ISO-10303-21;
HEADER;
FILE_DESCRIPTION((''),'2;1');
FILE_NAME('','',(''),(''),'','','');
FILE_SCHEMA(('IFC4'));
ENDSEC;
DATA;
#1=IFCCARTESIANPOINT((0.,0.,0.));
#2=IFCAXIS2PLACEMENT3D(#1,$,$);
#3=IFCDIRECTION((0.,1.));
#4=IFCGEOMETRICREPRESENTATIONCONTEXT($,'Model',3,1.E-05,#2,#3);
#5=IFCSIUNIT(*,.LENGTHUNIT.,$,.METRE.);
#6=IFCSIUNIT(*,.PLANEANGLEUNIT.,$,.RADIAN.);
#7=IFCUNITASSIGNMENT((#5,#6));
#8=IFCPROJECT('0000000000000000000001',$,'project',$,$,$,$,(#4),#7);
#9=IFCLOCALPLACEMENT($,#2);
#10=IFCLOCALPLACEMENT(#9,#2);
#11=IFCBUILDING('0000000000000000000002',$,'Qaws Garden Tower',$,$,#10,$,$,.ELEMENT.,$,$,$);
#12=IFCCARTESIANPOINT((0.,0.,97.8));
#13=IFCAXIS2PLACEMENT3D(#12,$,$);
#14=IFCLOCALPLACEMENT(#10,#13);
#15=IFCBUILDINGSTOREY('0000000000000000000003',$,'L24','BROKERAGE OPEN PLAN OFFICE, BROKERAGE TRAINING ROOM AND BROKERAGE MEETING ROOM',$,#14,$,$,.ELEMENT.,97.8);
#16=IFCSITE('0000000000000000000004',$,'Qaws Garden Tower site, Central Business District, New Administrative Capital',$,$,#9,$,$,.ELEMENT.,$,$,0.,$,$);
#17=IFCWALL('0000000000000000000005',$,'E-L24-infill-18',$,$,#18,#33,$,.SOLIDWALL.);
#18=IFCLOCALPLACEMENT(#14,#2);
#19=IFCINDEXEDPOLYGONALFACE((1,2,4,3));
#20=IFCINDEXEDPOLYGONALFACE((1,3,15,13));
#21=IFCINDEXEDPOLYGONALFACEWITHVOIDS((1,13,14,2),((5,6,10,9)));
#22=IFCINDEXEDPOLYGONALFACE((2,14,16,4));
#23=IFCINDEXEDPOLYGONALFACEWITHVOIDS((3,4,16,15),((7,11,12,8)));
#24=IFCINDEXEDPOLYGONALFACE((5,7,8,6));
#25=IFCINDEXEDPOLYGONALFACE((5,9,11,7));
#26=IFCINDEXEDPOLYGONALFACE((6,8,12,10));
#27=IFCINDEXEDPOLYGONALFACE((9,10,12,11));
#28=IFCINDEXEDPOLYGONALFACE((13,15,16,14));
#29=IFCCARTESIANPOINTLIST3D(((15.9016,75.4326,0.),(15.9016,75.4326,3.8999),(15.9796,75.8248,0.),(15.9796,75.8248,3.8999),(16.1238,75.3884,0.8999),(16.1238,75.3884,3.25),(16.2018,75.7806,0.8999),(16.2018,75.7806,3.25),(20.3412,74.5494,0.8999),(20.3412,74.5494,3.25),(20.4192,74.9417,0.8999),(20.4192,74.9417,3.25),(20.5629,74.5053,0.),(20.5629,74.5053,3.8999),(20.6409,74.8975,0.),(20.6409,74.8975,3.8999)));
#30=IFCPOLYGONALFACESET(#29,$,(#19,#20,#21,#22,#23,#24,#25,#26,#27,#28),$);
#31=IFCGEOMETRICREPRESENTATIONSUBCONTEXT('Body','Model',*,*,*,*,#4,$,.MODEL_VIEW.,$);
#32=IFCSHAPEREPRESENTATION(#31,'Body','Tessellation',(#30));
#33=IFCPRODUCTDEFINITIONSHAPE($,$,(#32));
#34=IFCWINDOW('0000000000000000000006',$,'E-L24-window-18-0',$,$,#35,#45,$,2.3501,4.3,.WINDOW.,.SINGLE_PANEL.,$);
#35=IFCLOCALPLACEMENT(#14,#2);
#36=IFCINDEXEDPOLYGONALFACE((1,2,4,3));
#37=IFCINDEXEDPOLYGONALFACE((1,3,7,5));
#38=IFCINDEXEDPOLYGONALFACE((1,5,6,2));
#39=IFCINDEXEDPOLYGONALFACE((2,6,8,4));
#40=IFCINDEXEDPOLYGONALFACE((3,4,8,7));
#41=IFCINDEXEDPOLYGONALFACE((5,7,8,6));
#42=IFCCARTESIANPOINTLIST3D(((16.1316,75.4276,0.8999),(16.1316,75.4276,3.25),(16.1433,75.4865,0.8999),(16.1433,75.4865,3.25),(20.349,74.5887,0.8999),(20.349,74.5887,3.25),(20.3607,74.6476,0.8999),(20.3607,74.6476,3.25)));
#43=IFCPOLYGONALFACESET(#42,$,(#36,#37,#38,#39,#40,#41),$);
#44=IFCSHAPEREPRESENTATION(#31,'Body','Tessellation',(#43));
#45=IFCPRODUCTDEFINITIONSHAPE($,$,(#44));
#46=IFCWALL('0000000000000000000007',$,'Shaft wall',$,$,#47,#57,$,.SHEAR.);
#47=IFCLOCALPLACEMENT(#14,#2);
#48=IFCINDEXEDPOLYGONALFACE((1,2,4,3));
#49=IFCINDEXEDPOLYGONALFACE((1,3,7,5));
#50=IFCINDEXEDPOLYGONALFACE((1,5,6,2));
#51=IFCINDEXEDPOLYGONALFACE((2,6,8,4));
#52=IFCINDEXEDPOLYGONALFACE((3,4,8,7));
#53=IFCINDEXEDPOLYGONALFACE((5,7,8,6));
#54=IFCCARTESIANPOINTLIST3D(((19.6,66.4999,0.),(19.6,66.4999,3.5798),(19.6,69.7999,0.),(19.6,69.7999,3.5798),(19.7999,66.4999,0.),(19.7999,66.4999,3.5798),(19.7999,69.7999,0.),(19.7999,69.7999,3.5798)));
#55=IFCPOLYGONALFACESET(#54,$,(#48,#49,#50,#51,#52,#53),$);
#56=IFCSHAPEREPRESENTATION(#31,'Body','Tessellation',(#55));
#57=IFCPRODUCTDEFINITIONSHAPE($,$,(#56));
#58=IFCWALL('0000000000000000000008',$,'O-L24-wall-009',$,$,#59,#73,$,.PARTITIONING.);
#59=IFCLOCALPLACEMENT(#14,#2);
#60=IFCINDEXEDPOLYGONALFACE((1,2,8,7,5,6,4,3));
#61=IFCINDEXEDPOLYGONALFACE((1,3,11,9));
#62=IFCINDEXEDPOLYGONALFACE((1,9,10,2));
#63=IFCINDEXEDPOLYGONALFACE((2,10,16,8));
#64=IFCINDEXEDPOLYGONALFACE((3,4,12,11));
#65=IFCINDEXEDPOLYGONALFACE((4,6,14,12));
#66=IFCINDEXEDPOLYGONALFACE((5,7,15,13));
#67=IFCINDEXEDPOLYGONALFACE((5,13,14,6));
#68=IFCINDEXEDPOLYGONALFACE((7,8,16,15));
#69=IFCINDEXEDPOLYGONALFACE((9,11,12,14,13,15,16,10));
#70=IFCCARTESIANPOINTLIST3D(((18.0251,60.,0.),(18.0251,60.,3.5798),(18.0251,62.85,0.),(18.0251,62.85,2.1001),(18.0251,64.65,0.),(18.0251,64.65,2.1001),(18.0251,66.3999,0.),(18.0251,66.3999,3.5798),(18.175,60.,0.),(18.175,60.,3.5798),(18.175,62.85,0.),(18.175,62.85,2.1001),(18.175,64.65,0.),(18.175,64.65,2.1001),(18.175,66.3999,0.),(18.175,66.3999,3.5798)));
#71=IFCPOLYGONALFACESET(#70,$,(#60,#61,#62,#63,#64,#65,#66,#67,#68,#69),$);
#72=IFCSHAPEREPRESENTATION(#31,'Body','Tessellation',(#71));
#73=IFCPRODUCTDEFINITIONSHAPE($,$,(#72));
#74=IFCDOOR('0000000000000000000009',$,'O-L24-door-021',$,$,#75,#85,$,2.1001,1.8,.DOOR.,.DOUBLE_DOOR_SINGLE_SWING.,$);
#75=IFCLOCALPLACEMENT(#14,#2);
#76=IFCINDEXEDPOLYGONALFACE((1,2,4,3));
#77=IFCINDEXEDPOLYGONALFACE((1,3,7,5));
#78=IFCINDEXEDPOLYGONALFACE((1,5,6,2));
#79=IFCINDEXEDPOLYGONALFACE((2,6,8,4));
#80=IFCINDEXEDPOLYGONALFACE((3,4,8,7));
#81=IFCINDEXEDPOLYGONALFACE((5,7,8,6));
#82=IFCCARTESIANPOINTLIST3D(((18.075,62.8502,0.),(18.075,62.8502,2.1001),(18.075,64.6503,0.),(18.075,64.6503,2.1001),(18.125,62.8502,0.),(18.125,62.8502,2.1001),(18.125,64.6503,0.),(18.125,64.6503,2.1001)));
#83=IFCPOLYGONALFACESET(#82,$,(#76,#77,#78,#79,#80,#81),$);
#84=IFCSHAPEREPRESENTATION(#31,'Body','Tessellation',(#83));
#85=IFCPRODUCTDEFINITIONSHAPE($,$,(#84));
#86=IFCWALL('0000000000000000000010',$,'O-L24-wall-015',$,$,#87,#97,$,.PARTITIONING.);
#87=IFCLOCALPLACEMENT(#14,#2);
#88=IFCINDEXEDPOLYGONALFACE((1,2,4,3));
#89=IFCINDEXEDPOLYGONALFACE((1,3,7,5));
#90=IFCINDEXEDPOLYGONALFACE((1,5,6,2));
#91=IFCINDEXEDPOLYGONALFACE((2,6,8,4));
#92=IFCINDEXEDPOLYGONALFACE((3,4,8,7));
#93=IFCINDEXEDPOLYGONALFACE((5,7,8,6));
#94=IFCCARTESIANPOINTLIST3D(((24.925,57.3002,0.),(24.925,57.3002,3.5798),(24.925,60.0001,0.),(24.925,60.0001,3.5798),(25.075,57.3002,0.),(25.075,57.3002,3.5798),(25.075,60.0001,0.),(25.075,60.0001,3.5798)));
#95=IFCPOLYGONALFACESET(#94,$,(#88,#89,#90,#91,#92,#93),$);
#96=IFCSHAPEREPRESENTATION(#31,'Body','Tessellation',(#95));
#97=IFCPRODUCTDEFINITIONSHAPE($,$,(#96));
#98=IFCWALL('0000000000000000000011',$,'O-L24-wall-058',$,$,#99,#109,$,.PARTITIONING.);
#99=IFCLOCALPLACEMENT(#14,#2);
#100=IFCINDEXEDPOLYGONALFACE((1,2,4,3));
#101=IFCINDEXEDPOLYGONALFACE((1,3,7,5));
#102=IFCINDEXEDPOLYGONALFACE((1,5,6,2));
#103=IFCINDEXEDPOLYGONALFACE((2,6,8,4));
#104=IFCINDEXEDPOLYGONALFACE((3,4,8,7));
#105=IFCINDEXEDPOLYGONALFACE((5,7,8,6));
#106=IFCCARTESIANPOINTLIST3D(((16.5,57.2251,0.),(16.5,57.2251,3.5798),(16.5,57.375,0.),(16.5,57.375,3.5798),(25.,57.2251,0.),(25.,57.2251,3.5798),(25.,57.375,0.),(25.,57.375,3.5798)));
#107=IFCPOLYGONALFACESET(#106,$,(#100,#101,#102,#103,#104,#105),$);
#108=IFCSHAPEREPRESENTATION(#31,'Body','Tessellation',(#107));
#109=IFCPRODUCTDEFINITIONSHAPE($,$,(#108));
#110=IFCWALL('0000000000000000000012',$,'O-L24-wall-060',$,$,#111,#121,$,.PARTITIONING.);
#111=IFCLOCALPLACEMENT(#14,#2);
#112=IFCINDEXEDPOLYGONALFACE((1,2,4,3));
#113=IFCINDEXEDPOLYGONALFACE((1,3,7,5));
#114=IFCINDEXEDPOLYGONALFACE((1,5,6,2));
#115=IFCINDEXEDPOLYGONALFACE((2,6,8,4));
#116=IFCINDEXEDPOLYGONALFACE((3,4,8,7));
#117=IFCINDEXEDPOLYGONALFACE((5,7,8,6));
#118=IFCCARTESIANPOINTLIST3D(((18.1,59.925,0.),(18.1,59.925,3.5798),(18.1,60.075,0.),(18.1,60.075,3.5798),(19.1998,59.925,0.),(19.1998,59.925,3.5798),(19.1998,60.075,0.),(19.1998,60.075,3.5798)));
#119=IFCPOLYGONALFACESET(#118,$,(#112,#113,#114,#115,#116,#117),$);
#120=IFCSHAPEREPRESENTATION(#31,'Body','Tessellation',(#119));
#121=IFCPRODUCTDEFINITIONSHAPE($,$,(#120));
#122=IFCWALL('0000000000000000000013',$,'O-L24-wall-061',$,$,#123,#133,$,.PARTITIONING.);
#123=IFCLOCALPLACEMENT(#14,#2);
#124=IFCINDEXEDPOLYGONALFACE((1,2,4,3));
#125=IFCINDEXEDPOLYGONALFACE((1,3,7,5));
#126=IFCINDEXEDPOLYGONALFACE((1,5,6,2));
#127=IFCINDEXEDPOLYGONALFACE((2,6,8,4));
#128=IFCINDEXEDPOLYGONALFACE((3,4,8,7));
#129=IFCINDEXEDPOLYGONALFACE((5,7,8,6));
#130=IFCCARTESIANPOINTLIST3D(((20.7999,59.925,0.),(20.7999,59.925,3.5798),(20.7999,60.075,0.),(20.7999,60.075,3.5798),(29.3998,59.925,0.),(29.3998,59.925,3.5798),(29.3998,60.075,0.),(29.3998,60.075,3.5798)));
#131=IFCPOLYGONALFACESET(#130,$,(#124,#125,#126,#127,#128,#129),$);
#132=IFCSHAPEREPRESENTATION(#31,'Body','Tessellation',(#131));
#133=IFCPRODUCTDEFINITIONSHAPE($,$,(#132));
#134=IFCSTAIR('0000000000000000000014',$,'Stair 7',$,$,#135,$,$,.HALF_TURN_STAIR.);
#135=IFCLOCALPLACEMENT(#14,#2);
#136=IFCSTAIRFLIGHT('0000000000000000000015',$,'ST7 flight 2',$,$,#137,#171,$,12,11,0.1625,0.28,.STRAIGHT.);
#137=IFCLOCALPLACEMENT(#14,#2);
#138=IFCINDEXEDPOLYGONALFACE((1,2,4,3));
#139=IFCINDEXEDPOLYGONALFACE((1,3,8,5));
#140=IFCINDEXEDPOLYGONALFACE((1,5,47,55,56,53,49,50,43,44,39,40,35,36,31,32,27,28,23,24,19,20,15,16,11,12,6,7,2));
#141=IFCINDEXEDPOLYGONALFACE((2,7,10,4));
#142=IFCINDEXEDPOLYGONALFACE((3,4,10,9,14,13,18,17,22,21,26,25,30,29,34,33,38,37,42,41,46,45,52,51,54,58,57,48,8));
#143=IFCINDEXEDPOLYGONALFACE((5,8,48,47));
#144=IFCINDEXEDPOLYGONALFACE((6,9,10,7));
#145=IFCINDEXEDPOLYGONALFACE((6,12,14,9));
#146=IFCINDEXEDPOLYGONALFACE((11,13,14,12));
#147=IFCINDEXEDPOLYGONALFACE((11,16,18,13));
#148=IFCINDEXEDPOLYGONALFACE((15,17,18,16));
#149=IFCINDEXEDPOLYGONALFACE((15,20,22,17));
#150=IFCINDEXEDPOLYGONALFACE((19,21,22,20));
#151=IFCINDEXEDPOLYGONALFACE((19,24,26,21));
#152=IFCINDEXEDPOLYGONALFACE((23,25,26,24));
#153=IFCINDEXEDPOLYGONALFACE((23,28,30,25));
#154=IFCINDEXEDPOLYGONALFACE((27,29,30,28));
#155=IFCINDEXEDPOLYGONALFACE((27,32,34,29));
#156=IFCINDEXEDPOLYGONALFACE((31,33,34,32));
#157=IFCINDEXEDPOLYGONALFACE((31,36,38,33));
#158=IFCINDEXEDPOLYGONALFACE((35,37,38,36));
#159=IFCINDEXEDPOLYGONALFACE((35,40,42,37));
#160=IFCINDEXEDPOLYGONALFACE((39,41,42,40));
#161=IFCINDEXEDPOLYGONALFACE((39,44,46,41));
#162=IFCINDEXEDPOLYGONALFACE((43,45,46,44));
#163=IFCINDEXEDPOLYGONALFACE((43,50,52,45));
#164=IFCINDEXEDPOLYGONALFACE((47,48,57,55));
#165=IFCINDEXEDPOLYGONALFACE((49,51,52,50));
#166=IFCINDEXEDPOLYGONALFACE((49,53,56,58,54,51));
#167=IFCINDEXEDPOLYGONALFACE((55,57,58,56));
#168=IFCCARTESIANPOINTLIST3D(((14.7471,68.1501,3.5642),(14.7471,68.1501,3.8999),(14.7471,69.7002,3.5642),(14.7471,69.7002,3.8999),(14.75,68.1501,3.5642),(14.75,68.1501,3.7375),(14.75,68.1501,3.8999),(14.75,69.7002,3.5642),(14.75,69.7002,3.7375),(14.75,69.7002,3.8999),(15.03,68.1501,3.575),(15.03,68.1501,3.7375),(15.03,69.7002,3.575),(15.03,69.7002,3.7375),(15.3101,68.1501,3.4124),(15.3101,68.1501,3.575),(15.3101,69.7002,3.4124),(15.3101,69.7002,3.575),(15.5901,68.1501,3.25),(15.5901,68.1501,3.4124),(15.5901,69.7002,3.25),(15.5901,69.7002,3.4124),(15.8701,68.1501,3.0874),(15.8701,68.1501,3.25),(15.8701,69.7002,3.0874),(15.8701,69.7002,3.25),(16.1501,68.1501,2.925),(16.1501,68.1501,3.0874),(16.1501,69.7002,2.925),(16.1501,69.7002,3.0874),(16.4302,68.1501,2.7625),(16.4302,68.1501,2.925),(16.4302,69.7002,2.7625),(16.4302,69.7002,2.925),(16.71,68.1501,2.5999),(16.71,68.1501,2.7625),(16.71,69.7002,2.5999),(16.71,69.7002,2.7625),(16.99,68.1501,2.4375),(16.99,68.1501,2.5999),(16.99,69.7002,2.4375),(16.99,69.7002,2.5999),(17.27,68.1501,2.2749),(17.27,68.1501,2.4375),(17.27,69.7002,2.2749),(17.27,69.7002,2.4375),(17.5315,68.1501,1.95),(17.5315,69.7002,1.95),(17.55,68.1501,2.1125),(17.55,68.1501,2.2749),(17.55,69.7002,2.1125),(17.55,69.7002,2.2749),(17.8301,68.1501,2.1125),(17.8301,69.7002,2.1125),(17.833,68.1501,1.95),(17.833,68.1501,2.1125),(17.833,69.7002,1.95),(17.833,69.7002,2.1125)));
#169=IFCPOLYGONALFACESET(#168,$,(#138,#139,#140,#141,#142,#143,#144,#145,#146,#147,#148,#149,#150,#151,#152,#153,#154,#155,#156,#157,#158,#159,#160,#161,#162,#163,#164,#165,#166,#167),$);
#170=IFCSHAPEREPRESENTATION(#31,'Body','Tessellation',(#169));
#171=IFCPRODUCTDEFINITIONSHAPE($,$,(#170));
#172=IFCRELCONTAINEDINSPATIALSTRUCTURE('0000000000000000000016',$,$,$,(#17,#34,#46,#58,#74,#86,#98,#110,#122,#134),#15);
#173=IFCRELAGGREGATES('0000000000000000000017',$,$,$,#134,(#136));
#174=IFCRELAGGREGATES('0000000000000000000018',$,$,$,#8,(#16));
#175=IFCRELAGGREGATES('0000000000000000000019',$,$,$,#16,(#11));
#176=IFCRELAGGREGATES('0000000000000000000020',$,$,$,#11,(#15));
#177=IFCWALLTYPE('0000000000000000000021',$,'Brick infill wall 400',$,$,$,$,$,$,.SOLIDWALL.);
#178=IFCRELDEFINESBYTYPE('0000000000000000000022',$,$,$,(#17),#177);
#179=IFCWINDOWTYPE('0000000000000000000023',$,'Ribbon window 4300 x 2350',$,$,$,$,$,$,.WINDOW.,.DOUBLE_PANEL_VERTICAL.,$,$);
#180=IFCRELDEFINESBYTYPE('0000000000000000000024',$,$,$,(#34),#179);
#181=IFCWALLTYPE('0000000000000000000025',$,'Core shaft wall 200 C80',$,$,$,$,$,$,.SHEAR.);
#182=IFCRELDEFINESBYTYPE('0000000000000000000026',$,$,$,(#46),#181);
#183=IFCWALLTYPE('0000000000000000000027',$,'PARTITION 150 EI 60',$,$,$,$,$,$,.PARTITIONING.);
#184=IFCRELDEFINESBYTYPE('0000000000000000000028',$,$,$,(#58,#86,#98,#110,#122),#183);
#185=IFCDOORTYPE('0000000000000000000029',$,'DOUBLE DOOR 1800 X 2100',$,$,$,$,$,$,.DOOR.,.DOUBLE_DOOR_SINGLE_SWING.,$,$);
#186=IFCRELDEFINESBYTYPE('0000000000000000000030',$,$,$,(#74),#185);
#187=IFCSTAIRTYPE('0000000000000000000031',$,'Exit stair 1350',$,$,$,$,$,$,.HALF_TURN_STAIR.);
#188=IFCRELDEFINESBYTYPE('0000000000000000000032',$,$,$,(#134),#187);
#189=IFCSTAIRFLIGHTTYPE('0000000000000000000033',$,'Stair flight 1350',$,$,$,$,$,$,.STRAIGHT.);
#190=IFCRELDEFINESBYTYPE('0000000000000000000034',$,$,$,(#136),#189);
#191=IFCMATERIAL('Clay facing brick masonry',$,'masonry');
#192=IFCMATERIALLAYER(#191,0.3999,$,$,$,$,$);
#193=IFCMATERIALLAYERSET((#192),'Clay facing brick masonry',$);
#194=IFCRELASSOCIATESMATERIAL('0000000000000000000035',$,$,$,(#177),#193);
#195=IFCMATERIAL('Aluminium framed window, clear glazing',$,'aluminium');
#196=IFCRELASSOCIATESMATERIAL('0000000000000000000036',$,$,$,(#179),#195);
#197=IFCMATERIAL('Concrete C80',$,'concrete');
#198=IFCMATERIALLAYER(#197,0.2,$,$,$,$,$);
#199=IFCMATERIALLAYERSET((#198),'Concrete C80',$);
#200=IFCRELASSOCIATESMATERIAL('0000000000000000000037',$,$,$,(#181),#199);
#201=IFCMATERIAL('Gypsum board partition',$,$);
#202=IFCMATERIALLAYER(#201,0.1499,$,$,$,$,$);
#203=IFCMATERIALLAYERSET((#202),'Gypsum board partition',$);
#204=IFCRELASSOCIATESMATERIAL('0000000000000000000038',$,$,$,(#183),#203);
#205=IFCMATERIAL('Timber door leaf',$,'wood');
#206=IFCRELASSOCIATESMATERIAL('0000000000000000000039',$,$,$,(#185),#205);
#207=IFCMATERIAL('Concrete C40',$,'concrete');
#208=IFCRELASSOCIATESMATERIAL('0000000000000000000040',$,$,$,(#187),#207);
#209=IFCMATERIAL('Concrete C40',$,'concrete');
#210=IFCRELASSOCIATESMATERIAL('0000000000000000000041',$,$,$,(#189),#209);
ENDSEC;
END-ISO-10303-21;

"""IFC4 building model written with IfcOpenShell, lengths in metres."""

from ifc_helpers import new_model, si_unit, direction, frame, frame_2d, origin, place, context, subcontext, project, spatial, polyline, rectangle, outline, extrude, material, layer, layer_set, type_object, element, fill, aggregate, save


model = new_model("IFC4")

# Units and contexts
model_context = context("Model", 3, precision=1e-05, world=origin(), true_north=direction((0.0, 1.0)))
body_context = subcontext(model_context, "Body", "Model", "MODEL_VIEW")
ifc_project = project(units=[si_unit("LENGTHUNIT", "METRE"), si_unit("PLANEANGLEUNIT", "RADIAN")], contexts=[model_context])

# Site, building, storey
site_placement = place(None, origin())
site = spatial("IfcSite", under=ifc_project, at=site_placement, Name="Qaws Garden Tower site, Central Business District, New Administrative Capital", CompositionType="ELEMENT", RefElevation=0.0)
building_placement = place(site_placement, origin())
building = spatial("IfcBuilding", under=site, at=building_placement, Name="Qaws Garden Tower", CompositionType="ELEMENT")
storey_placement = place(building_placement, frame((0.0, 0.0, 97.8)))
storey = spatial("IfcBuildingStorey", under=building, at=storey_placement, Name="L24", Description="BROKERAGE OPEN PLAN OFFICE, BROKERAGE TRAINING ROOM AND BROKERAGE MEETING ROOM", CompositionType="ELEMENT", Elevation=97.8)

# Wall, opening, window
ifc_material_1 = material(Name="Clay facing brick masonry", Category="masonry")
ifc_layer_1 = layer(ifc_material_1, 0.3999)
ifc_layer_set_1 = layer_set([ifc_layer_1], Name="Clay facing brick masonry")
wall_type_1 = type_object("IfcWallType", Name="Brick infill wall 400", PredefinedType="SOLIDWALL", material=ifc_layer_set_1)
ifc_material_2 = material(Name="Aluminium framed window, clear glazing", Category="aluminium")
window_type = type_object("IfcWindowType", Name="Ribbon window 4300 x 2350", PartitioningType="DOUBLE_PANEL_VERTICAL", PredefinedType="WINDOW", material=ifc_material_2)
wall_1_placement = place(storey_placement, frame((20.6021, 74.7014, 0.0), z_axis=(0.0, 0.0, 1.0), x_axis=(-0.980784, 0.195099, 0.0)))
wall_1 = element("IfcWall", 1, at=wall_1_placement, inside=storey, type_object=wall_type_1, Name="E-L24-infill-18", PredefinedType="SOLIDWALL", context=body_context, shape_type="SweptSolid", body=[
    extrude(rectangle(XDim=4.7527, YDim=0.3999, at=frame_2d((2.3765, 0.0))), origin(), (0.0, 0.0, 1.0), 3.8999),
])
opening_1_placement = place(wall_1_placement, frame((0.2263, 0.0, 0.8999)))
opening_1 = element("IfcOpeningElement", 2, at=opening_1_placement, cuts=wall_1, PredefinedType="OPENING", context=body_context, shape_type="SweptSolid", body=[
    extrude(rectangle(XDim=4.3, YDim=2.3501, at=frame_2d((2.1499, 1.175))), frame((0.0, 0.21, 0.0), z_axis=(0.0, -1.0, 0.0), x_axis=(1.0, 0.0, 0.0)), (0.0, 0.0, 1.0), 0.4199),
])
window_1_placement = place(opening_1_placement, origin())
window_1 = element("IfcWindow", 3, at=window_1_placement, inside=storey, type_object=window_type, Name="E-L24-window-18-0", OverallHeight=2.3501, OverallWidth=4.3, PartitioningType="SINGLE_PANEL", PredefinedType="WINDOW", context=body_context, shape_type="SweptSolid", body=[
    extrude(rectangle(XDim=4.3, YDim=2.3501, at=frame_2d((2.1499, 1.175))), frame((0.0, 0.1599, 0.0), z_axis=(0.0, -1.0, 0.0), x_axis=(1.0, 0.0, 0.0)), (0.0, 0.0, 1.0), 0.0601),
])
fill(opening_1, window_1)

# Wall
ifc_material_3 = material(Name="Concrete C80", Category="concrete")
ifc_layer_2 = layer(ifc_material_3, 0.2)
ifc_layer_set_2 = layer_set([ifc_layer_2], Name="Concrete C80")
wall_type_2 = type_object("IfcWallType", Name="Core shaft wall 200 C80", PredefinedType="SHEAR", material=ifc_layer_set_2)
wall_2_placement = place(storey_placement, frame((19.7, 66.5, 0.0), z_axis=(0.0, 0.0, 1.0), x_axis=(0.0, 1.0, 0.0)))
element("IfcWall", 4, at=wall_2_placement, inside=storey, type_object=wall_type_2, Name="Shaft wall", PredefinedType="SHEAR", context=body_context, shape_type="SweptSolid", body=[
    extrude(rectangle(XDim=3.3, YDim=0.2, at=frame_2d((1.6499, 0.0))), origin(), (0.0, 0.0, 1.0), 3.5798),
])

# Wall, opening, door
ifc_material_4 = material(Name="Gypsum board partition")
ifc_layer_3 = layer(ifc_material_4, 0.1499)
ifc_layer_set_3 = layer_set([ifc_layer_3], Name="Gypsum board partition")
wall_type_3 = type_object("IfcWallType", Name="PARTITION 150 EI 60", PredefinedType="PARTITIONING", material=ifc_layer_set_3)
wall_3_placement = place(storey_placement, frame((18.1001, 60.0, 0.0), z_axis=(0.0, 0.0, 1.0), x_axis=(0.0, 1.0, 0.0)))
wall_3 = element("IfcWall", 5, at=wall_3_placement, inside=storey, type_object=wall_type_3, Name="O-L24-wall-009", PredefinedType="PARTITIONING", context=body_context, shape_type="SweptSolid", body=[
    extrude(rectangle(XDim=6.3999, YDim=0.1499, at=frame_2d((3.2, 0.0))), origin(), (0.0, 0.0, 1.0), 3.5798),
])
opening_2_placement = place(wall_3_placement, frame((2.8501, 0.0, 0.0)))
opening_2 = element("IfcOpeningElement", 6, at=opening_2_placement, cuts=wall_3, PredefinedType="OPENING", context=body_context, shape_type="SweptSolid", body=[
    extrude(rectangle(XDim=1.8, YDim=2.1001, at=frame_2d((0.8999, 1.05))), frame((0.0, 0.085, 0.0), z_axis=(0.0, -1.0, 0.0), x_axis=(1.0, 0.0, 0.0)), (0.0, 0.0, 1.0), 0.1699),
])
ifc_material_5 = material(Name="Timber door leaf", Category="wood")
door_type = type_object("IfcDoorType", Name="DOUBLE DOOR 1800 X 2100", OperationType="DOUBLE_DOOR_SINGLE_SWING", PredefinedType="DOOR", material=ifc_material_5)
door_placement = place(opening_2_placement, frame((1.8, 0.0, 0.0), z_axis=(0.0, 0.0, 1.0), x_axis=(-1.0, 0.0, 0.0)))
door = element("IfcDoor", 7, at=door_placement, inside=storey, type_object=door_type, Name="O-L24-door-021", OperationType="DOUBLE_DOOR_SINGLE_SWING", OverallHeight=2.1001, OverallWidth=1.8, PredefinedType="DOOR", context=body_context, shape_type="SweptSolid", body=[
    extrude(rectangle(XDim=1.8, YDim=2.1001, at=frame_2d((0.8999, 1.05))), frame((0.0, 0.0249, 0.0), z_axis=(0.0, -1.0, 0.0), x_axis=(1.0, 0.0, 0.0)), (0.0, 0.0, 1.0), 0.05),
])
fill(opening_2, door)

# Walls
wall_4_placement = place(storey_placement, frame((25.0, 57.3, 0.0), z_axis=(0.0, 0.0, 1.0), x_axis=(0.0, 1.0, 0.0)))
element("IfcWall", 8, at=wall_4_placement, inside=storey, type_object=wall_type_3, Name="O-L24-wall-015", PredefinedType="PARTITIONING", context=body_context, shape_type="SweptSolid", body=[
    extrude(rectangle(XDim=2.7, YDim=0.1499, at=frame_2d((1.3501, 0.0))), origin(), (0.0, 0.0, 1.0), 3.5798),
])
wall_5_placement = place(storey_placement, frame((16.5, 57.3, 0.0), z_axis=(0.0, 0.0, 1.0), x_axis=(1.0, 0.0, 0.0)))
element("IfcWall", 9, at=wall_5_placement, inside=storey, type_object=wall_type_3, Name="O-L24-wall-058", PredefinedType="PARTITIONING", context=body_context, shape_type="SweptSolid", body=[
    extrude(rectangle(XDim=8.5, YDim=0.1499, at=frame_2d((4.25, 0.0))), origin(), (0.0, 0.0, 1.0), 3.5798),
])
wall_6_placement = place(storey_placement, frame((18.1001, 60.0, 0.0), z_axis=(0.0, 0.0, 1.0), x_axis=(1.0, 0.0, 0.0)))
element("IfcWall", 10, at=wall_6_placement, inside=storey, type_object=wall_type_3, Name="O-L24-wall-060", PredefinedType="PARTITIONING", context=body_context, shape_type="SweptSolid", body=[
    extrude(rectangle(XDim=1.0999, YDim=0.1499, at=frame_2d((0.5498, 0.0))), origin(), (0.0, 0.0, 1.0), 3.5798),
])
wall_7_placement = place(storey_placement, frame((20.8, 60.0, 0.0), z_axis=(0.0, 0.0, 1.0), x_axis=(1.0, 0.0, 0.0)))
element("IfcWall", 11, at=wall_7_placement, inside=storey, type_object=wall_type_3, Name="O-L24-wall-061", PredefinedType="PARTITIONING", context=body_context, shape_type="SweptSolid", body=[
    extrude(rectangle(XDim=8.5999, YDim=0.1499, at=frame_2d((4.2998, 0.0))), origin(), (0.0, 0.0, 1.0), 3.5798),
])

# Stair, stair flight
ifc_material_6 = material(Name="Concrete C40", Category="concrete")
stair_type = type_object("IfcStairType", Name="Exit stair 1350", PredefinedType="HALF_TURN_STAIR", material=ifc_material_6)
stair_placement = place(storey_placement, origin())
stair = element("IfcStair", 12, at=stair_placement, inside=storey, type_object=stair_type, Name="Stair 7", PredefinedType="HALF_TURN_STAIR")
ifc_material_7 = material(Name="Concrete C40", Category="concrete")
stair_flight_type = type_object("IfcStairFlightType", Name="Stair flight 1350", PredefinedType="STRAIGHT", material=ifc_material_7)
stair_flight_placement = place(storey_placement, frame((17.8301, 68.925, 1.95), z_axis=(0.0, 0.0, 1.0), x_axis=(-1.0, 0.0, 0.0)))
stair_flight = element("IfcStairFlight", 13, at=stair_flight_placement, type_object=stair_flight_type, Name="ST7 flight 2", NumberOfRisers=12, NumberOfTreads=11, PredefinedType="STRAIGHT", RiserHeight=0.1625, TreadLength=0.28, context=body_context, shape_type="SweptSolid", body=[
    extrude(outline(polyline([(-0.0029, 0.0), (-0.0029, 0.1626), (0.0, 0.1626), (0.28, 0.1626), (0.28, 0.325), (0.5601, 0.325), (0.5601, 0.4875), (0.8401, 0.4875), (0.8401, 0.6499), (1.1201, 0.6499), (1.1201, 0.8125), (1.3999, 0.8125), (1.3999, 0.9751), (1.6799, 0.9751), (1.6799, 1.1375), (1.96, 1.1375), (1.96, 1.3), (2.24, 1.3), (2.24, 1.4624), (2.52, 1.4624), (2.52, 1.625), (2.8, 1.625), (2.8, 1.7876), (3.0801, 1.7876), (3.0801, 1.95), (3.083, 1.95), (3.083, 1.6143), (3.0801, 1.6143), (0.2986, 0.0), (-0.0029, 0.0)])), frame((0.0, 0.7749, 0.0), z_axis=(0.0, -1.0, 0.0), x_axis=(1.0, 0.0, 0.0)), (0.0, 0.0, 1.0), 1.55),
])
aggregate(stair, [stair_flight])

save(model, "model.ifc")
